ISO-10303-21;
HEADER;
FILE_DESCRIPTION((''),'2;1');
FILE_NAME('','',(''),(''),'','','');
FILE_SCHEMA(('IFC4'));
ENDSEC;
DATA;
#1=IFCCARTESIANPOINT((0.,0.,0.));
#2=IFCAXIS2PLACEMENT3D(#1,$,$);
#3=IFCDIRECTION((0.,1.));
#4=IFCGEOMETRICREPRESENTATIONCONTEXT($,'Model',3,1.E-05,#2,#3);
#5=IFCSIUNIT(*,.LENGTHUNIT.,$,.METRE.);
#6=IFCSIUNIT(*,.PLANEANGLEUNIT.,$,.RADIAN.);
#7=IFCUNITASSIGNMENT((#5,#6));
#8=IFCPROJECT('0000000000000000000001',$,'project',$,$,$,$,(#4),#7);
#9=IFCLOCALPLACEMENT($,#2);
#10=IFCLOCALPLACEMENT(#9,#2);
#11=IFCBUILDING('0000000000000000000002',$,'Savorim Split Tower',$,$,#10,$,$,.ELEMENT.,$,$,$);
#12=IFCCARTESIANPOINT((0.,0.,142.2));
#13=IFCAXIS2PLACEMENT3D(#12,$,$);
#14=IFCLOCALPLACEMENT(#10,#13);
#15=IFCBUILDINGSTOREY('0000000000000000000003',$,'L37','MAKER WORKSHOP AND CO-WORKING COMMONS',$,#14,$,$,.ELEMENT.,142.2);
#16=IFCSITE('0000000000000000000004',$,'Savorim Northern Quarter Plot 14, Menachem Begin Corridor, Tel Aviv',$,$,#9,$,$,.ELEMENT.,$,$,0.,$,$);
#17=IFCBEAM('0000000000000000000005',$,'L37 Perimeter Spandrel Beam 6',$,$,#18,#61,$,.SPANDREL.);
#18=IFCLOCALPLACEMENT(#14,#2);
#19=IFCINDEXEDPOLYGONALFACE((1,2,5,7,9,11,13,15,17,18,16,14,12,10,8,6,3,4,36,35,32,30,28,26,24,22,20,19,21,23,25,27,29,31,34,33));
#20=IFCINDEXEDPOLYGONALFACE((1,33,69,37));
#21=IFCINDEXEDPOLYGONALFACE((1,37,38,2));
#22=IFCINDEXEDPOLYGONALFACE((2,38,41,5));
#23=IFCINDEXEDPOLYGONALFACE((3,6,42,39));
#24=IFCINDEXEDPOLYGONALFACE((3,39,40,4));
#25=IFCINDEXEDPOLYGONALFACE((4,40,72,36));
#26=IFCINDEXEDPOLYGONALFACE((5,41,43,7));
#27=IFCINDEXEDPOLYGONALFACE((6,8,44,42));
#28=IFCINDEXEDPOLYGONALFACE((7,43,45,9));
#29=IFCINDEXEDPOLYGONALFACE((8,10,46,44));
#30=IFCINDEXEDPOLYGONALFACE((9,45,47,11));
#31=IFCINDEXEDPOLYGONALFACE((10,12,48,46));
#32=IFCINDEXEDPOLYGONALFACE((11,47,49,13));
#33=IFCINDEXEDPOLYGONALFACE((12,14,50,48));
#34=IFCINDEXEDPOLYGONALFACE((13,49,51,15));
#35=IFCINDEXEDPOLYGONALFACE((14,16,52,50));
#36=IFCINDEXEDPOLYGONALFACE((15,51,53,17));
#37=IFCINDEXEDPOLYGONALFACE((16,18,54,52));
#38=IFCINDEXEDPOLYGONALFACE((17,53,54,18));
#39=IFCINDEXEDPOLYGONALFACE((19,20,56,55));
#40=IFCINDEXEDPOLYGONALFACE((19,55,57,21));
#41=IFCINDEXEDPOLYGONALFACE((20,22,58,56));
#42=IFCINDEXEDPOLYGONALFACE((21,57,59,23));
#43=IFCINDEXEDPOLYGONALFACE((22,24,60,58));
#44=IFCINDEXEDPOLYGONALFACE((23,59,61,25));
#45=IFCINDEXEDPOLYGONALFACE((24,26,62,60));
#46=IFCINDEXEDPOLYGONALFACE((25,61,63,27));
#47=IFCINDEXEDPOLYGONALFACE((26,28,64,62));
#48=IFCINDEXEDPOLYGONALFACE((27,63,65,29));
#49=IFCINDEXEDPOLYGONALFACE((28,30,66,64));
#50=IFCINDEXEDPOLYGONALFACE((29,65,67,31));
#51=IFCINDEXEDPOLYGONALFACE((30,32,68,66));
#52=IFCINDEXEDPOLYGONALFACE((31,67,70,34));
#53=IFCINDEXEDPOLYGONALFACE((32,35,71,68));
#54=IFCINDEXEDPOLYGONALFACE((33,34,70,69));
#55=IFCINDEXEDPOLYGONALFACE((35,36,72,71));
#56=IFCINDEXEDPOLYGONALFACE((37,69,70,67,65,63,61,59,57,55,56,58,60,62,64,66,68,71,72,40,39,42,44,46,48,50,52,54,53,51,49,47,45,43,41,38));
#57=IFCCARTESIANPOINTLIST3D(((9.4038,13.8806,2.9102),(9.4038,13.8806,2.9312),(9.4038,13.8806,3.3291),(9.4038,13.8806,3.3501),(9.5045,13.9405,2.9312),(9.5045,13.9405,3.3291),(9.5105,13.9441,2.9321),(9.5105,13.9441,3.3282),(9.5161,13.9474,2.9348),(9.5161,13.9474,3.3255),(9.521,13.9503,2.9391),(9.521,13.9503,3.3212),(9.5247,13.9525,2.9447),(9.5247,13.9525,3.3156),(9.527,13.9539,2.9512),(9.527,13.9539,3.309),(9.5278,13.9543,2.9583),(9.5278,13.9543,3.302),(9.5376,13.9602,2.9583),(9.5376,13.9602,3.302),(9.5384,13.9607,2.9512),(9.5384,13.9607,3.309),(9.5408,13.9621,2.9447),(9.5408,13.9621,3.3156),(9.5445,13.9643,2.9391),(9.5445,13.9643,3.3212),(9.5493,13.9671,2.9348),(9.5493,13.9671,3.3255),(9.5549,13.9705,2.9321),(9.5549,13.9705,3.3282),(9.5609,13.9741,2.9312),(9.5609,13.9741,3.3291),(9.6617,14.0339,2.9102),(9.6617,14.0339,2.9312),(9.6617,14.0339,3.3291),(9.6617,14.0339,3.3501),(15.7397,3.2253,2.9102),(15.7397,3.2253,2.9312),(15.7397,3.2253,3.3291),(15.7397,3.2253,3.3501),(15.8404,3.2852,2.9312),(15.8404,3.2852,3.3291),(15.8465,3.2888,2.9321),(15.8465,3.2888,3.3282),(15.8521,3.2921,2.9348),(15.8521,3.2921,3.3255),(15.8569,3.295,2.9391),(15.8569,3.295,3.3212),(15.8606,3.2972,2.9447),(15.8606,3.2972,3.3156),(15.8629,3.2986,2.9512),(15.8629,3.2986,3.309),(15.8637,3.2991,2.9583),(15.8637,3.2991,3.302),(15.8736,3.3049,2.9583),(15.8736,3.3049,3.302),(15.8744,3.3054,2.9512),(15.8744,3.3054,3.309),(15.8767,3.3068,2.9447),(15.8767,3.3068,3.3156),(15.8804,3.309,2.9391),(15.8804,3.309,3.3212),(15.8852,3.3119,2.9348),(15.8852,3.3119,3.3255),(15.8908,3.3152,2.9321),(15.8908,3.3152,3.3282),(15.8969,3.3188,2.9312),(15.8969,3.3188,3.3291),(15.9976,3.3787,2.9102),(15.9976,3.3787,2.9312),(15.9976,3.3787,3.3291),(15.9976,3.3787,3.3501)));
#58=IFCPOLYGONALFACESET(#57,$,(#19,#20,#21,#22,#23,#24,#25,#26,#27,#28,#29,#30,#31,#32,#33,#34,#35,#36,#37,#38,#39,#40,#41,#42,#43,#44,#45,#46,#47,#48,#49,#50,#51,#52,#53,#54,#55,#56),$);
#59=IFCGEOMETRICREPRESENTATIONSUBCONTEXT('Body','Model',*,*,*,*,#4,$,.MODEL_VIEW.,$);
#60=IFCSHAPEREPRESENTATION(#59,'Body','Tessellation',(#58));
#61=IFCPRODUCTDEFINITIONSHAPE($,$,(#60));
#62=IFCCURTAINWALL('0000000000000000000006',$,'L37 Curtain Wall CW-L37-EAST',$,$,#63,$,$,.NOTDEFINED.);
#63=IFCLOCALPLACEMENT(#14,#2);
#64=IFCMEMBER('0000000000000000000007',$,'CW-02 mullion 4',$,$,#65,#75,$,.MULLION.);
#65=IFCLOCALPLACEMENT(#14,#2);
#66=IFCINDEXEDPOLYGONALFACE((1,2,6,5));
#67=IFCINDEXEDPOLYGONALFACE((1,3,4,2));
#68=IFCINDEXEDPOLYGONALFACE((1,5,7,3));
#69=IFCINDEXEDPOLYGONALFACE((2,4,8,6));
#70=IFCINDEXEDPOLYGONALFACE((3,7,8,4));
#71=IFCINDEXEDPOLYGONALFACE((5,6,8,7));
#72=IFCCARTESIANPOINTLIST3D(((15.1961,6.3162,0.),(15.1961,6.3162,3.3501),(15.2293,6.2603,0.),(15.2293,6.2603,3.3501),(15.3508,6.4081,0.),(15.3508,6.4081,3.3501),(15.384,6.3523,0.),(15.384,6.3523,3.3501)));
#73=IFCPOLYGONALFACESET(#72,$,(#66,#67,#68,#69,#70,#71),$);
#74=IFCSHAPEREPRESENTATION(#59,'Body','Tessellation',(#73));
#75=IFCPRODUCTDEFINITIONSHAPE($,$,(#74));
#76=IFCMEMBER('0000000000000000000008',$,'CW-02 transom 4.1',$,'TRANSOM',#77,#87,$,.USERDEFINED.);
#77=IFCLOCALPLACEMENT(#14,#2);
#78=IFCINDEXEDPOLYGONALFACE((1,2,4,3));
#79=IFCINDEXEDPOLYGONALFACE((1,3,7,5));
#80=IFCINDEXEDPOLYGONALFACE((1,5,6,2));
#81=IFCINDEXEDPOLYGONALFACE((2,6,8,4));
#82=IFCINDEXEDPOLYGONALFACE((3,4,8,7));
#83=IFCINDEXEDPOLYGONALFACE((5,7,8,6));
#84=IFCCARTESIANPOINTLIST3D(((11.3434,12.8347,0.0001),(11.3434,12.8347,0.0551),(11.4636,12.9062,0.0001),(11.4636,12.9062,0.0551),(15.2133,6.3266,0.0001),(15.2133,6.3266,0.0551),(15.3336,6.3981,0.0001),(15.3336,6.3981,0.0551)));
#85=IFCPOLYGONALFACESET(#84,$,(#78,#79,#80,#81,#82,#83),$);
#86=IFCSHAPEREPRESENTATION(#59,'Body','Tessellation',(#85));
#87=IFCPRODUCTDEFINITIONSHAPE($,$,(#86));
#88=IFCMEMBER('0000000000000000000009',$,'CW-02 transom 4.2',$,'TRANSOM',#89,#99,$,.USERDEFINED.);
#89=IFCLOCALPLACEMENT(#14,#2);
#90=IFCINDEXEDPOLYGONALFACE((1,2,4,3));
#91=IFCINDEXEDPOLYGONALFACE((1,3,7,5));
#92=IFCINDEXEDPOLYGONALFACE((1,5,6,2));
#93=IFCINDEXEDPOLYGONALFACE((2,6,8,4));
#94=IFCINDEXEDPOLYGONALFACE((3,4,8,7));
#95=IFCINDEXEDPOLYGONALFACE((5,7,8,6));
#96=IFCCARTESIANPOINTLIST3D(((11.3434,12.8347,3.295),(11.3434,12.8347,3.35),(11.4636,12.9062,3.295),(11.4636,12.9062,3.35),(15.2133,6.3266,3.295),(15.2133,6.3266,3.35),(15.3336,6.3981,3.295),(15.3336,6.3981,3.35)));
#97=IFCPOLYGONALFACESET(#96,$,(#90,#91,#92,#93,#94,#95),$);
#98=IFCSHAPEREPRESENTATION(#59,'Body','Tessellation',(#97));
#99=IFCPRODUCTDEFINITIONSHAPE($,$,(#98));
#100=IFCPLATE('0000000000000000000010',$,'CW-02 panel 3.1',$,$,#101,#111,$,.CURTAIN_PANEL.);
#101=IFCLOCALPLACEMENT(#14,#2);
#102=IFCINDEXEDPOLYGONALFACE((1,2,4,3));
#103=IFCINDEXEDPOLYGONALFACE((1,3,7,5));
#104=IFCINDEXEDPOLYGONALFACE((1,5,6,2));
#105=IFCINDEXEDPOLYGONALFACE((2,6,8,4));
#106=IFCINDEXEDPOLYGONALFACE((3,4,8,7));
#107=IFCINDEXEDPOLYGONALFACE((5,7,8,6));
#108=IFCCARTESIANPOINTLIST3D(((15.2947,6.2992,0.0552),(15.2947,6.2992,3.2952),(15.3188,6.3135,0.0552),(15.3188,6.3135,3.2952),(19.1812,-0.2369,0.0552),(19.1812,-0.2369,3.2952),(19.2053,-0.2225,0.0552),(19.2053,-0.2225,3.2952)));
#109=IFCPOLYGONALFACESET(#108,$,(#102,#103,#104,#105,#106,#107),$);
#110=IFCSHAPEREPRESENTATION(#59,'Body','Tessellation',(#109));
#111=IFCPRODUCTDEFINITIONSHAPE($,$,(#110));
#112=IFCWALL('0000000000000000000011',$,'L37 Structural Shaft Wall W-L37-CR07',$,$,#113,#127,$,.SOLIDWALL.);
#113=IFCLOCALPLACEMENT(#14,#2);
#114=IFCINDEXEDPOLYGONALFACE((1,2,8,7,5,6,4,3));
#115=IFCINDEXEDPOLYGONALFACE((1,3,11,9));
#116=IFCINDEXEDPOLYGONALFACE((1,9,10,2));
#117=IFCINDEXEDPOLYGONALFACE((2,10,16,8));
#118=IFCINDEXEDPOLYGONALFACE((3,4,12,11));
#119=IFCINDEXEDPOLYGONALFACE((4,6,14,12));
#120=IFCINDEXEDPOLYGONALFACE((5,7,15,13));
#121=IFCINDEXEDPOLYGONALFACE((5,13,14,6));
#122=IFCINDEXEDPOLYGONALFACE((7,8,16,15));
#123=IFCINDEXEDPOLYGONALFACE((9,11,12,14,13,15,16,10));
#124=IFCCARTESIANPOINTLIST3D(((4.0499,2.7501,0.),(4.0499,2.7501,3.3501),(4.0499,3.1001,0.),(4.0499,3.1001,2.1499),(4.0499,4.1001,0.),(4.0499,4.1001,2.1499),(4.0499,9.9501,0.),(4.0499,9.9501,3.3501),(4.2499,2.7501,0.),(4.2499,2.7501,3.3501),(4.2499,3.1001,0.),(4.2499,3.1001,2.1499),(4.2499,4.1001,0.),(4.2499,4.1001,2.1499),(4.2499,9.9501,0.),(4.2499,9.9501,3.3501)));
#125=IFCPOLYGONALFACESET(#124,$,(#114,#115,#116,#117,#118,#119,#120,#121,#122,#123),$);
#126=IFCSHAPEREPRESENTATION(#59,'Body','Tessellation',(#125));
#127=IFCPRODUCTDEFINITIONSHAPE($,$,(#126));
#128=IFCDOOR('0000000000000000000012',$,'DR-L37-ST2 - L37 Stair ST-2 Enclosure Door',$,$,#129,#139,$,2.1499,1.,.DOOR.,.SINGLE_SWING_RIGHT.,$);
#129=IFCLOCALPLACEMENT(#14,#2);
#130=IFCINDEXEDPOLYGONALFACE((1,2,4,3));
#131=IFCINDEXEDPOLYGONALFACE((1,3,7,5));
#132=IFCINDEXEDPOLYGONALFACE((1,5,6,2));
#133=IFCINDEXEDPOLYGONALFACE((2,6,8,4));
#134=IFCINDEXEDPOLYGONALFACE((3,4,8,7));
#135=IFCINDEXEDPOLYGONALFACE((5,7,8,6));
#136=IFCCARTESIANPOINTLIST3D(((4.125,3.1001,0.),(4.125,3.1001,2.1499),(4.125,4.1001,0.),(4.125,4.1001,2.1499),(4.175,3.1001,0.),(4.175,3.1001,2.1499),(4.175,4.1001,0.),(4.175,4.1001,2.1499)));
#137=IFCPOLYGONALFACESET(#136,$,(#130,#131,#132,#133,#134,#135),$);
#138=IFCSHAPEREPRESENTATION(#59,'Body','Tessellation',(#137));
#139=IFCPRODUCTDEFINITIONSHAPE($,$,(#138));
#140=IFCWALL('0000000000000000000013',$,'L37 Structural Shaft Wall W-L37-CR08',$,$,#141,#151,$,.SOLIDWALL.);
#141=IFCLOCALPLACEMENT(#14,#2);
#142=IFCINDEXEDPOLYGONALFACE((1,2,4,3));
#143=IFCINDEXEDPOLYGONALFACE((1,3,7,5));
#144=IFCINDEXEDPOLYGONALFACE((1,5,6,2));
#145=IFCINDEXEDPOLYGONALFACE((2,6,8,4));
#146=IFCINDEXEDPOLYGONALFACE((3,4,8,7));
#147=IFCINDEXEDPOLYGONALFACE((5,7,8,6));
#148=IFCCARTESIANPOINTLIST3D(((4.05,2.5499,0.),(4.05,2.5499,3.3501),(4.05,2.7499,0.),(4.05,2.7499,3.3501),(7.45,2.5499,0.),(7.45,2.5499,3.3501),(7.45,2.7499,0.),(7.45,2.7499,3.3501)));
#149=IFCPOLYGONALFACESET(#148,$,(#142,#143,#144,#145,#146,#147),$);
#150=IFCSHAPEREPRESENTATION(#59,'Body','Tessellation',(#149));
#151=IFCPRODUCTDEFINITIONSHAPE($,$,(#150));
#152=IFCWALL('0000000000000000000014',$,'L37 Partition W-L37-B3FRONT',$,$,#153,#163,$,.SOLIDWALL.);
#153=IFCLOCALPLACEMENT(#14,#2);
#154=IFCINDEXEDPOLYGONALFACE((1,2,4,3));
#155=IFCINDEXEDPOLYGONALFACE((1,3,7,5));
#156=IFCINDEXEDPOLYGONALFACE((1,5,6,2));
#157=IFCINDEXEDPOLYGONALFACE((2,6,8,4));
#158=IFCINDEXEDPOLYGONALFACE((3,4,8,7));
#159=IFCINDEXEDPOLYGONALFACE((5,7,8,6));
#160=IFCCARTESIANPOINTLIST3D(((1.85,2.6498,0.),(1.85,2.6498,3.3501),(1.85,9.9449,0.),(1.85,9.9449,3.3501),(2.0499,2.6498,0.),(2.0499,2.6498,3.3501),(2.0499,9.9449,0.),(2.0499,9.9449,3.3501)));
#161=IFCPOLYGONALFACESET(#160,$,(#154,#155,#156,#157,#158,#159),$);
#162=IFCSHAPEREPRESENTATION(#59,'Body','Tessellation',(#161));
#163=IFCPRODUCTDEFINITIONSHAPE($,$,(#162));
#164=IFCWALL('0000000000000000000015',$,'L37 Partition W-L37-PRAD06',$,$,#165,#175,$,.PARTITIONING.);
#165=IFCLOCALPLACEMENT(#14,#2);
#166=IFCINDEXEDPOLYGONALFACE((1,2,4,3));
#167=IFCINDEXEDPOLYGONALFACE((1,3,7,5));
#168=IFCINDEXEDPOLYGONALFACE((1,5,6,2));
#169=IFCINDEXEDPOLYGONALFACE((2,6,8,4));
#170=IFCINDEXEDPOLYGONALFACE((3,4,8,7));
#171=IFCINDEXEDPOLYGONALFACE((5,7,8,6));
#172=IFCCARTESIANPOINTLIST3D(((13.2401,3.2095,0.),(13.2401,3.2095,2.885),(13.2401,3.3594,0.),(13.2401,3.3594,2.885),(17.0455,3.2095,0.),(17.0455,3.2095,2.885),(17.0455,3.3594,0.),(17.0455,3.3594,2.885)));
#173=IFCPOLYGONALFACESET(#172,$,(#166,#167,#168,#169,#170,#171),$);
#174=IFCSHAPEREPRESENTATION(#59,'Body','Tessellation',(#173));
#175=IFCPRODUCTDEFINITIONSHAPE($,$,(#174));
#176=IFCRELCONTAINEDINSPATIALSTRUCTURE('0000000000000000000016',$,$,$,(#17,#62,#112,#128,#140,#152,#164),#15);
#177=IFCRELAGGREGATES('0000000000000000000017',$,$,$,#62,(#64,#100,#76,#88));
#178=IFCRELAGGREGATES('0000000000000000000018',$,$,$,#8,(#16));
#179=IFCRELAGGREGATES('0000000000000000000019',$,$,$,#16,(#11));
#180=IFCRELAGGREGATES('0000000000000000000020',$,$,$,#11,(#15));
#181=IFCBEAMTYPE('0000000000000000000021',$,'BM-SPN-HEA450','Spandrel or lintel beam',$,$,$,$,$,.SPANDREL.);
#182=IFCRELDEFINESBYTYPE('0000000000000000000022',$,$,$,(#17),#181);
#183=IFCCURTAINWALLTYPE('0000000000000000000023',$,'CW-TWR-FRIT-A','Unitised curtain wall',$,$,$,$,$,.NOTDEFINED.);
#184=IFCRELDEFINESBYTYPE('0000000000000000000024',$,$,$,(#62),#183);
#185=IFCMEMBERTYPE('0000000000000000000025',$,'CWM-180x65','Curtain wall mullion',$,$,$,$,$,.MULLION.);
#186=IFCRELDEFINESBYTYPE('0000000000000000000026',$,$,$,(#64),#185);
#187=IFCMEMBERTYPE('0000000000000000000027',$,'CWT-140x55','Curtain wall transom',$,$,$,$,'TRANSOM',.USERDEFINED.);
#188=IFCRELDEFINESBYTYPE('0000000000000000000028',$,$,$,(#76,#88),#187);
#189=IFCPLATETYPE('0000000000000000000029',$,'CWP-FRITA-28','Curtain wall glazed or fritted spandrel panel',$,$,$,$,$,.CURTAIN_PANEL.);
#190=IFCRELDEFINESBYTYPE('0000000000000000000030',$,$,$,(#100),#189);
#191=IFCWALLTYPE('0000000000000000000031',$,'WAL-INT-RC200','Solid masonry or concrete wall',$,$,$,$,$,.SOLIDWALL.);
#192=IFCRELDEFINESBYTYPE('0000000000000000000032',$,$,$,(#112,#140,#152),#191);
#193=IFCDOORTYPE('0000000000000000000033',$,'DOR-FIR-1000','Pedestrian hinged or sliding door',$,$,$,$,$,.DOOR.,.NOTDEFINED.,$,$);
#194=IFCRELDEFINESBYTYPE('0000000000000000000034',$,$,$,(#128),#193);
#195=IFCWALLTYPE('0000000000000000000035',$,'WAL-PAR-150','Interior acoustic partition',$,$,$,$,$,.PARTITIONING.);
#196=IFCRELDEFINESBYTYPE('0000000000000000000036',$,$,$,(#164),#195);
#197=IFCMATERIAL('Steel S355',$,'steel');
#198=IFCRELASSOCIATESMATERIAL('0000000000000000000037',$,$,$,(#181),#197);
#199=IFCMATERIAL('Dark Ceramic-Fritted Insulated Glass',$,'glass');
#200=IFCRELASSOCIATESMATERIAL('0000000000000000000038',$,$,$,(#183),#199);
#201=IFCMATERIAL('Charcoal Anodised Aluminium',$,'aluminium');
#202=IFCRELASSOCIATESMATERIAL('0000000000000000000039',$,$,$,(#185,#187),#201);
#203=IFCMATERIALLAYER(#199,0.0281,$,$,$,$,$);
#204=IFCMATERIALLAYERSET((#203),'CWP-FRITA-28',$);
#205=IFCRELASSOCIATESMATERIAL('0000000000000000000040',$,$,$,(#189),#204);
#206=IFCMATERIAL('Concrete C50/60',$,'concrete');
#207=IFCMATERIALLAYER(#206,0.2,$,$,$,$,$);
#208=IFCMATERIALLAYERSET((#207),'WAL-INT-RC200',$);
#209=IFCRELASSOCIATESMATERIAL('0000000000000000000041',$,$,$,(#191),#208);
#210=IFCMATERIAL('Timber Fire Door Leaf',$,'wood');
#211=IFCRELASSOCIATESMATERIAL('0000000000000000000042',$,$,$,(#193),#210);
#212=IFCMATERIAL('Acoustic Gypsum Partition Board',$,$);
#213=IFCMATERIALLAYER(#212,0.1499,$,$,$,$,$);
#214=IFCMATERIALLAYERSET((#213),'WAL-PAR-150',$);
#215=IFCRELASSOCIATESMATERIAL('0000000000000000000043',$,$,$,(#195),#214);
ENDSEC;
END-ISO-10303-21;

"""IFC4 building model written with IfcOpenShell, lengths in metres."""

from ifc_helpers import new_model, si_unit, direction, frame, frame_2d, origin, origin_2d, place, context, subcontext, project, spatial, rectangle, i_section, extrude, material, layer, layer_set, material_profile, profile_set, type_object, element, fill, aggregate, save


model = new_model("IFC4")

# Units and contexts
model_context = context("Model", 3, precision=1e-05, world=origin(), true_north=direction((0.0, 1.0)))
body_context = subcontext(model_context, "Body", "Model", "MODEL_VIEW")
ifc_project = project(units=[si_unit("LENGTHUNIT", "METRE"), si_unit("PLANEANGLEUNIT", "RADIAN")], contexts=[model_context])

# Site, building, storey
site_placement = place(None, origin())
site = spatial("IfcSite", under=ifc_project, at=site_placement, Name="Savorim Northern Quarter Plot 14, Menachem Begin Corridor, Tel Aviv", CompositionType="ELEMENT", RefElevation=0.0)
building_placement = place(site_placement, origin())
building = spatial("IfcBuilding", under=site, at=building_placement, Name="Savorim Split Tower", CompositionType="ELEMENT")
storey_placement = place(building_placement, frame((0.0, 0.0, 142.2)))
storey = spatial("IfcBuildingStorey", under=building, at=storey_placement, Name="L37", Description="MAKER WORKSHOP AND CO-WORKING COMMONS", CompositionType="ELEMENT", Elevation=142.2)

# Beam
ifc_material_1 = material(Name="Steel S355", Category="steel")
ifc_material_profile_1 = material_profile(ifc_material_1, i_section(OverallWidth=0.3, OverallDepth=0.4399, WebThickness=0.0115, FlangeThickness=0.021, FilletRadius=0.0271, at=origin_2d()), Name="HEA 450")
ifc_profile_set_1 = profile_set([ifc_material_profile_1], Name="Steel S355")
beam_type_1 = type_object("IfcBeamType", Name="BM-SPN-HEA450", Description="Spandrel or lintel beam", PredefinedType="SPANDREL", material=ifc_profile_set_1)
beam_1_placement = place(storey_placement, frame((15.8687, 3.302, 3.1301), z_axis=(-0.511097, 0.859523, 0.0), x_axis=(-0.859523, -0.511097, 0.0)))
element("IfcBeam", 1, at=beam_1_placement, inside=storey, type_object=beam_type_1, Name="L37 Perimeter Spandrel Beam 6", PredefinedType="SPANDREL", context=body_context, shape_type="SweptSolid", body=[
    extrude(i_section(OverallWidth=0.3, OverallDepth=0.4399, WebThickness=0.0115, FlangeThickness=0.021, FilletRadius=0.0271, at=origin_2d()), origin(), (0.0, 0.0, 1.0), 12.3967),
])

# Curtain wall, members, plate
ifc_material_2 = material(Name="Dark Ceramic-Fritted Insulated Glass", Category="glass")
curtain_wall_type = type_object("IfcCurtainWallType", Name="CW-TWR-FRIT-A", Description="Unitised curtain wall", PredefinedType="NOTDEFINED", material=ifc_material_2)
curtain_wall_placement = place(storey_placement, origin())
curtain_wall = element("IfcCurtainWall", 2, at=curtain_wall_placement, inside=storey, type_object=curtain_wall_type, Name="L37 Curtain Wall CW-L37-EAST", PredefinedType="NOTDEFINED")
ifc_material_3 = material(Name="Charcoal Anodised Aluminium", Category="aluminium")
ifc_material_profile_2 = material_profile(ifc_material_3, rectangle(XDim=0.1799, YDim=0.0649, at=origin_2d()), Name="ALU-M 180x65")
ifc_profile_set_2 = profile_set([ifc_material_profile_2], Name="Charcoal Anodised Aluminium")
member_type_1 = type_object("IfcMemberType", Name="CWM-180x65", Description="Curtain wall mullion", PredefinedType="MULLION", material=ifc_profile_set_2)
member_1_placement = place(storey_placement, frame((15.29, 6.3342, 0.0), z_axis=(0.0, 0.0, 1.0), x_axis=(-0.859526, -0.511091, 0.0)))
member_1 = element("IfcMember", 3, at=member_1_placement, type_object=member_type_1, Name="CW-02 mullion 4", PredefinedType="MULLION", context=body_context, shape_type="SweptSolid", body=[
    extrude(rectangle(XDim=0.1799, YDim=0.0649, at=origin_2d()), origin(), (0.0, 0.0, 1.0), 3.3501),
])
ifc_material_profile_3 = material_profile(ifc_material_3, rectangle(XDim=0.1399, YDim=0.0549, at=origin_2d()), Name="ALU-T 140x55")
ifc_profile_set_3 = profile_set([ifc_material_profile_3], Name="Charcoal Anodised Aluminium")
member_type_2 = type_object("IfcMemberType", Name="CWT-140x55", Description="Curtain wall transom", ElementType="TRANSOM", PredefinedType="USERDEFINED", material=ifc_profile_set_3)
member_2_placement = place(storey_placement, frame((15.2734, 6.3623, 0.0276), z_axis=(-0.511097, 0.859523, 0.0), x_axis=(-0.859523, -0.511097, 0.0)))
member_2 = element("IfcMember", 4, at=member_2_placement, type_object=member_type_2, Name="CW-02 transom 4.1", ObjectType="TRANSOM", PredefinedType="USERDEFINED", context=body_context, shape_type="SweptSolid", body=[
    extrude(rectangle(XDim=0.1399, YDim=0.0549, at=origin_2d()), origin(), (0.0, 0.0, 1.0), 7.5718),
])
member_3_placement = place(storey_placement, frame((15.2734, 6.3623, 3.3225), z_axis=(-0.511097, 0.859523, 0.0), x_axis=(-0.859523, -0.511097, 0.0)))
member_3 = element("IfcMember", 5, at=member_3_placement, type_object=member_type_2, Name="CW-02 transom 4.2", ObjectType="TRANSOM", PredefinedType="USERDEFINED", context=body_context, shape_type="SweptSolid", body=[
    extrude(rectangle(XDim=0.1399, YDim=0.0549, at=origin_2d()), origin(), (0.0, 0.0, 1.0), 7.5718),
])
ifc_layer_1 = layer(ifc_material_2, 0.0281)
ifc_layer_set_1 = layer_set([ifc_layer_1], Name="CWP-FRITA-28")
plate_type = type_object("IfcPlateType", Name="CWP-FRITA-28", Description="Curtain wall glazed or fritted spandrel panel", PredefinedType="CURTAIN_PANEL", material=ifc_layer_set_1)
plate_placement = place(storey_placement, frame((17.25, 3.0383, 0.0552), z_axis=(0.0, 0.0, 1.0), x_axis=(-0.511091, 0.859526, 0.0)))
plate = element("IfcPlate", 6, at=plate_placement, type_object=plate_type, Name="CW-02 panel 3.1", PredefinedType="CURTAIN_PANEL", context=body_context, shape_type="SweptSolid", body=[
    extrude(rectangle(XDim=7.6042, YDim=0.0281, at=origin_2d()), origin(), (0.0, 0.0, 1.0), 3.24),
])
aggregate(curtain_wall, [member_1, plate, member_2, member_3])

# Wall, opening, door
ifc_material_4 = material(Name="Concrete C50/60", Category="concrete")
ifc_layer_2 = layer(ifc_material_4, 0.2)
ifc_layer_set_2 = layer_set([ifc_layer_2], Name="WAL-INT-RC200")
wall_type_1 = type_object("IfcWallType", Name="WAL-INT-RC200", Description="Solid masonry or concrete wall", PredefinedType="SOLIDWALL", material=ifc_layer_set_2)
wall_1_placement = place(storey_placement, frame((4.1499, 2.75, 0.0), z_axis=(0.0, 0.0, 1.0), x_axis=(0.0, 1.0, 0.0)))
wall_1 = element("IfcWall", 7, at=wall_1_placement, inside=storey, type_object=wall_type_1, Name="L37 Structural Shaft Wall W-L37-CR07", PredefinedType="SOLIDWALL", context=body_context, shape_type="SweptSolid", body=[
    extrude(rectangle(XDim=7.2, YDim=0.2, at=frame_2d((3.6001, 0.0))), origin(), (0.0, 0.0, 1.0), 3.3501),
])
opening_placement = place(wall_1_placement, frame((0.3501, 0.0, 0.0)))
opening = element("IfcOpeningElement", 8, at=opening_placement, cuts=wall_1, PredefinedType="OPENING", context=body_context, shape_type="SweptSolid", body=[
    extrude(rectangle(XDim=1.0, YDim=2.1499, at=frame_2d((0.5, 1.075))), frame((0.0, 0.1099, 0.0), z_axis=(0.0, -1.0, 0.0), x_axis=(1.0, 0.0, 0.0)), (0.0, 0.0, 1.0), 0.22),
])
ifc_material_5 = material(Name="Timber Fire Door Leaf", Category="wood")
door_type = type_object("IfcDoorType", Name="DOR-FIR-1000", Description="Pedestrian hinged or sliding door", OperationType="NOTDEFINED", PredefinedType="DOOR", material=ifc_material_5)
door_placement = place(opening_placement, origin())
door = element("IfcDoor", 9, at=door_placement, inside=storey, type_object=door_type, Name="DR-L37-ST2 - L37 Stair ST-2 Enclosure Door", OperationType="SINGLE_SWING_RIGHT", OverallHeight=2.1499, OverallWidth=1.0, PredefinedType="DOOR", context=body_context, shape_type="SweptSolid", body=[
    extrude(rectangle(XDim=1.0, YDim=2.1499, at=frame_2d((0.5, 1.075))), frame((0.0, 0.0249, 0.0), z_axis=(0.0, -1.0, 0.0), x_axis=(1.0, 0.0, 0.0)), (0.0, 0.0, 1.0), 0.05),
])
fill(opening, door)

# Walls
wall_2_placement = place(storey_placement, frame((4.05, 2.6499, 0.0), z_axis=(0.0, 0.0, 1.0), x_axis=(1.0, 0.0, 0.0)))
element("IfcWall", 10, at=wall_2_placement, inside=storey, type_object=wall_type_1, Name="L37 Structural Shaft Wall W-L37-CR08", PredefinedType="SOLIDWALL", context=body_context, shape_type="SweptSolid", body=[
    extrude(rectangle(XDim=3.3999, YDim=0.2, at=frame_2d((1.7, 0.0))), origin(), (0.0, 0.0, 1.0), 3.3501),
])
wall_3_placement = place(storey_placement, frame((1.95, 2.6499, 0.0), z_axis=(0.0, 0.0, 1.0), x_axis=(0.0, 1.0, 0.0)))
element("IfcWall", 11, at=wall_3_placement, inside=storey, type_object=wall_type_1, Name="L37 Partition W-L37-B3FRONT", PredefinedType="SOLIDWALL", context=body_context, shape_type="SweptSolid", body=[
    extrude(rectangle(XDim=7.2952, YDim=0.2, at=frame_2d((3.6475, 0.0))), origin(), (0.0, 0.0, 1.0), 3.3501),
])
ifc_material_6 = material(Name="Acoustic Gypsum Partition Board")
ifc_layer_3 = layer(ifc_material_6, 0.1499)
ifc_layer_set_3 = layer_set([ifc_layer_3], Name="WAL-PAR-150")
wall_type_2 = type_object("IfcWallType", Name="WAL-PAR-150", Description="Interior acoustic partition", PredefinedType="PARTITIONING", material=ifc_layer_set_3)
wall_4_placement = place(storey_placement, frame((13.24, 3.2844, 0.0), z_axis=(0.0, 0.0, 1.0), x_axis=(1.0, 0.0, 0.0)))
element("IfcWall", 12, at=wall_4_placement, inside=storey, type_object=wall_type_2, Name="L37 Partition W-L37-PRAD06", PredefinedType="PARTITIONING", context=body_context, shape_type="SweptSolid", body=[
    extrude(rectangle(XDim=3.8054, YDim=0.1499, at=frame_2d((1.9028, 0.0))), origin(), (0.0, 0.0, 1.0), 2.885),
])

save(model, "model.ifc")
